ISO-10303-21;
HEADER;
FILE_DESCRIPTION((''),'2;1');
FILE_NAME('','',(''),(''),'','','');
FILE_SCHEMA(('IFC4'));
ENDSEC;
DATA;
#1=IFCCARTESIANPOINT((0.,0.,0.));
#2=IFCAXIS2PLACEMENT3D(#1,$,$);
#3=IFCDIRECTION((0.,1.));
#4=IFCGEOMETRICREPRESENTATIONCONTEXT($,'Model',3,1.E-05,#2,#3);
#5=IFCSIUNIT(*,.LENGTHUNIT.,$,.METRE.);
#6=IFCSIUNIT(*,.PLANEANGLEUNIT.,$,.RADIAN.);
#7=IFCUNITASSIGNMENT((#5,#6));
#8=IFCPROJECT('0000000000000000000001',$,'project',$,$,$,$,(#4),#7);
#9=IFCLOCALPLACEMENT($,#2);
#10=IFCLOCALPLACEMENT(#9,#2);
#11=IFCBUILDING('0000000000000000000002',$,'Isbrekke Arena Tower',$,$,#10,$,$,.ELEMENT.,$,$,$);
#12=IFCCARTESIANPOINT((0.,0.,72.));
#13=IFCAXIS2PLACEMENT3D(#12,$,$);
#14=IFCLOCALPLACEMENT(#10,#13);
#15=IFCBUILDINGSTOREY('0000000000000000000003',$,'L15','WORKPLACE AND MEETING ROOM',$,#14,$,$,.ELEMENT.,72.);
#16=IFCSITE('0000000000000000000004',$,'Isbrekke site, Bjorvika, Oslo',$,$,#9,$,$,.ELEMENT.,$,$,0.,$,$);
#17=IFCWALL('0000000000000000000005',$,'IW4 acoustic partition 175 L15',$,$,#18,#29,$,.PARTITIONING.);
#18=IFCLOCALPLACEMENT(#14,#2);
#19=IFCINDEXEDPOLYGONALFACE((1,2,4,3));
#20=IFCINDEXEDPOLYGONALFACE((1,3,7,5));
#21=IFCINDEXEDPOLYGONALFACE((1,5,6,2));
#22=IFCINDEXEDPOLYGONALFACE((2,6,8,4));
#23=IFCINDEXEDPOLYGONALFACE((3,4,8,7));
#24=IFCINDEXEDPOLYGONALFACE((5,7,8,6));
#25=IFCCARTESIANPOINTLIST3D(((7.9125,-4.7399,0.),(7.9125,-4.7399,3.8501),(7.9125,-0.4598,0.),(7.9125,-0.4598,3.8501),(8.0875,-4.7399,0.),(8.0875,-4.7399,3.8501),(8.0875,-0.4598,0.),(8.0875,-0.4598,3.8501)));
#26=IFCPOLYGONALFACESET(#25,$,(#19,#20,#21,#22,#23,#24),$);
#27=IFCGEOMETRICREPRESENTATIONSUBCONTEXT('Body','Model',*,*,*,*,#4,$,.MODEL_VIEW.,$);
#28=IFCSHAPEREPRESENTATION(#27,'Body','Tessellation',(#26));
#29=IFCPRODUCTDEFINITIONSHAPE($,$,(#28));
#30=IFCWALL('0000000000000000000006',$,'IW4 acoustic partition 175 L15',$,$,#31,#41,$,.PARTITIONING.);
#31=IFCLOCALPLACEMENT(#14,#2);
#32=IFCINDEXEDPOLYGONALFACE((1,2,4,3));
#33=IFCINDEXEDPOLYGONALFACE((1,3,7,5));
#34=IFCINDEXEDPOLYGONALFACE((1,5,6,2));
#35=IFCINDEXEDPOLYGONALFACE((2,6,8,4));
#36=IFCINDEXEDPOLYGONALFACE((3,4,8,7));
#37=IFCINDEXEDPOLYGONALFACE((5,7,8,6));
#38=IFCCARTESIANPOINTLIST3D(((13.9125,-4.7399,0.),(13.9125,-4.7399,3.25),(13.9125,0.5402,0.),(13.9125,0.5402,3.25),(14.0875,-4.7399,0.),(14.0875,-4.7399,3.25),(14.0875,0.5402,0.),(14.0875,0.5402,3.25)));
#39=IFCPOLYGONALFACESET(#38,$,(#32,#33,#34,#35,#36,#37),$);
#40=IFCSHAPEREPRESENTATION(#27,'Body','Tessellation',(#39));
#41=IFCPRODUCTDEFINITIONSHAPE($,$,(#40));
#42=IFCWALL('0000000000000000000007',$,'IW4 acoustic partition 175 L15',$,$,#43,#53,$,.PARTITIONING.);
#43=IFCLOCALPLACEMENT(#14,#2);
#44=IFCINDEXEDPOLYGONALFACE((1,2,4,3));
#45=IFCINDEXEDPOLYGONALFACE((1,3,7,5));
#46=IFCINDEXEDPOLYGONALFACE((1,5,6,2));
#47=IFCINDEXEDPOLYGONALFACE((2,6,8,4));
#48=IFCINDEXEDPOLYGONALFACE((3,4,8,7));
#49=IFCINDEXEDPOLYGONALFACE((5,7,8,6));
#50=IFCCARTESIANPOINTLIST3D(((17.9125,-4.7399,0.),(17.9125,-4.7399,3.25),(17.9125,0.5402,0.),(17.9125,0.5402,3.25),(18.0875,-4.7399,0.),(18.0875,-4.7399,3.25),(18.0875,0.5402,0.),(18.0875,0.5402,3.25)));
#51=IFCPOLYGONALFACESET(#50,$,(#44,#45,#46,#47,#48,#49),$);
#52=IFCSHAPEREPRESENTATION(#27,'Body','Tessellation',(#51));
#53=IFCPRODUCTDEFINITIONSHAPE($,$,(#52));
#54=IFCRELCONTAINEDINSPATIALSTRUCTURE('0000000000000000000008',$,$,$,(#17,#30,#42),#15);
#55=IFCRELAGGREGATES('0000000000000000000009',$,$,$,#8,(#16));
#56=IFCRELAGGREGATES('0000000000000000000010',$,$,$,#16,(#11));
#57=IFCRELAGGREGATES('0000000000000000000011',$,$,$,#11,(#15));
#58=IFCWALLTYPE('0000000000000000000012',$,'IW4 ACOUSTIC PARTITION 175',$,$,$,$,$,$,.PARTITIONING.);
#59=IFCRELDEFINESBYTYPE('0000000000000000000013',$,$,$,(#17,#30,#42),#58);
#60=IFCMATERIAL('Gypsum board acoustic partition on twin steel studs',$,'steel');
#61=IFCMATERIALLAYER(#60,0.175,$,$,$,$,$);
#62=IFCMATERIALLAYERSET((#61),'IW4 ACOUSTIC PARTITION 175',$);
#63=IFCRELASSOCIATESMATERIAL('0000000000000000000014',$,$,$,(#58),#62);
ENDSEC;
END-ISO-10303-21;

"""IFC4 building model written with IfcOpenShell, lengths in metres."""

from ifc_helpers import new_model, si_unit, direction, frame, frame_2d, origin, place, context, subcontext, project, spatial, rectangle, extrude, material, layer, layer_set, type_object, element, save


model = new_model("IFC4")

# Units and contexts
model_context = context("Model", 3, precision=1e-05, world=origin(), true_north=direction((0.0, 1.0)))
body_context = subcontext(model_context, "Body", "Model", "MODEL_VIEW")
ifc_project = project(units=[si_unit("LENGTHUNIT", "METRE"), si_unit("PLANEANGLEUNIT", "RADIAN")], contexts=[model_context])

# Site, building, storey
site_placement = place(None, origin())
site = spatial("IfcSite", under=ifc_project, at=site_placement, Name="Isbrekke site, Bjorvika, Oslo", CompositionType="ELEMENT", RefElevation=0.0)
building_placement = place(site_placement, origin())
building = spatial("IfcBuilding", under=site, at=building_placement, Name="Isbrekke Arena Tower", CompositionType="ELEMENT")
storey_placement = place(building_placement, frame((0.0, 0.0, 72.0)))
storey = spatial("IfcBuildingStorey", under=building, at=storey_placement, Name="L15", Description="WORKPLACE AND MEETING ROOM", CompositionType="ELEMENT", Elevation=72.0)

# Walls
ifc_material_1 = material(Name="Gypsum board acoustic partition on twin steel studs", Category="steel")
ifc_layer_1 = layer(ifc_material_1, 0.175)
ifc_layer_set_1 = layer_set([ifc_layer_1], Name="IW4 ACOUSTIC PARTITION 175")
wall_type_1 = type_object("IfcWallType", Name="IW4 ACOUSTIC PARTITION 175", PredefinedType="PARTITIONING", material=ifc_layer_set_1)
for number, where, z_axis, x_axis, name in (
    (1, (8.0, -4.74, 0.0), (0.0, 0.0, 1.0), (0.0, 1.0, 0.0), "IW4 acoustic partition 175 L15"),
):
    element("IfcWall", number, at=place(storey_placement, frame(where, z_axis=z_axis, x_axis=x_axis)), inside=storey, type_object=wall_type_1, Name=name, PredefinedType="PARTITIONING", context=body_context, shape_type="SweptSolid", body=[
        extrude(rectangle(XDim=4.28, YDim=0.175, at=frame_2d((2.1401, 0.0))), origin(), (0.0, 0.0, 1.0), 3.8501),
    ])
for number, where, z_axis, x_axis, name in (
    (2, (14.0, -4.74, 0.0), (0.0, 0.0, 1.0), (0.0, 1.0, 0.0), "IW4 acoustic partition 175 L15"),
    (3, (18.0, -4.74, 0.0), (0.0, 0.0, 1.0), (0.0, 1.0, 0.0), "IW4 acoustic partition 175 L15"),
):
    element("IfcWall", number, at=place(storey_placement, frame(where, z_axis=z_axis, x_axis=x_axis)), inside=storey, type_object=wall_type_1, Name=name, PredefinedType="PARTITIONING", context=body_context, shape_type="SweptSolid", body=[
        extrude(rectangle(XDim=5.28, YDim=0.175, at=frame_2d((2.6401, 0.0))), origin(), (0.0, 0.0, 1.0), 3.25),
    ])

save(model, "model.ifc")
